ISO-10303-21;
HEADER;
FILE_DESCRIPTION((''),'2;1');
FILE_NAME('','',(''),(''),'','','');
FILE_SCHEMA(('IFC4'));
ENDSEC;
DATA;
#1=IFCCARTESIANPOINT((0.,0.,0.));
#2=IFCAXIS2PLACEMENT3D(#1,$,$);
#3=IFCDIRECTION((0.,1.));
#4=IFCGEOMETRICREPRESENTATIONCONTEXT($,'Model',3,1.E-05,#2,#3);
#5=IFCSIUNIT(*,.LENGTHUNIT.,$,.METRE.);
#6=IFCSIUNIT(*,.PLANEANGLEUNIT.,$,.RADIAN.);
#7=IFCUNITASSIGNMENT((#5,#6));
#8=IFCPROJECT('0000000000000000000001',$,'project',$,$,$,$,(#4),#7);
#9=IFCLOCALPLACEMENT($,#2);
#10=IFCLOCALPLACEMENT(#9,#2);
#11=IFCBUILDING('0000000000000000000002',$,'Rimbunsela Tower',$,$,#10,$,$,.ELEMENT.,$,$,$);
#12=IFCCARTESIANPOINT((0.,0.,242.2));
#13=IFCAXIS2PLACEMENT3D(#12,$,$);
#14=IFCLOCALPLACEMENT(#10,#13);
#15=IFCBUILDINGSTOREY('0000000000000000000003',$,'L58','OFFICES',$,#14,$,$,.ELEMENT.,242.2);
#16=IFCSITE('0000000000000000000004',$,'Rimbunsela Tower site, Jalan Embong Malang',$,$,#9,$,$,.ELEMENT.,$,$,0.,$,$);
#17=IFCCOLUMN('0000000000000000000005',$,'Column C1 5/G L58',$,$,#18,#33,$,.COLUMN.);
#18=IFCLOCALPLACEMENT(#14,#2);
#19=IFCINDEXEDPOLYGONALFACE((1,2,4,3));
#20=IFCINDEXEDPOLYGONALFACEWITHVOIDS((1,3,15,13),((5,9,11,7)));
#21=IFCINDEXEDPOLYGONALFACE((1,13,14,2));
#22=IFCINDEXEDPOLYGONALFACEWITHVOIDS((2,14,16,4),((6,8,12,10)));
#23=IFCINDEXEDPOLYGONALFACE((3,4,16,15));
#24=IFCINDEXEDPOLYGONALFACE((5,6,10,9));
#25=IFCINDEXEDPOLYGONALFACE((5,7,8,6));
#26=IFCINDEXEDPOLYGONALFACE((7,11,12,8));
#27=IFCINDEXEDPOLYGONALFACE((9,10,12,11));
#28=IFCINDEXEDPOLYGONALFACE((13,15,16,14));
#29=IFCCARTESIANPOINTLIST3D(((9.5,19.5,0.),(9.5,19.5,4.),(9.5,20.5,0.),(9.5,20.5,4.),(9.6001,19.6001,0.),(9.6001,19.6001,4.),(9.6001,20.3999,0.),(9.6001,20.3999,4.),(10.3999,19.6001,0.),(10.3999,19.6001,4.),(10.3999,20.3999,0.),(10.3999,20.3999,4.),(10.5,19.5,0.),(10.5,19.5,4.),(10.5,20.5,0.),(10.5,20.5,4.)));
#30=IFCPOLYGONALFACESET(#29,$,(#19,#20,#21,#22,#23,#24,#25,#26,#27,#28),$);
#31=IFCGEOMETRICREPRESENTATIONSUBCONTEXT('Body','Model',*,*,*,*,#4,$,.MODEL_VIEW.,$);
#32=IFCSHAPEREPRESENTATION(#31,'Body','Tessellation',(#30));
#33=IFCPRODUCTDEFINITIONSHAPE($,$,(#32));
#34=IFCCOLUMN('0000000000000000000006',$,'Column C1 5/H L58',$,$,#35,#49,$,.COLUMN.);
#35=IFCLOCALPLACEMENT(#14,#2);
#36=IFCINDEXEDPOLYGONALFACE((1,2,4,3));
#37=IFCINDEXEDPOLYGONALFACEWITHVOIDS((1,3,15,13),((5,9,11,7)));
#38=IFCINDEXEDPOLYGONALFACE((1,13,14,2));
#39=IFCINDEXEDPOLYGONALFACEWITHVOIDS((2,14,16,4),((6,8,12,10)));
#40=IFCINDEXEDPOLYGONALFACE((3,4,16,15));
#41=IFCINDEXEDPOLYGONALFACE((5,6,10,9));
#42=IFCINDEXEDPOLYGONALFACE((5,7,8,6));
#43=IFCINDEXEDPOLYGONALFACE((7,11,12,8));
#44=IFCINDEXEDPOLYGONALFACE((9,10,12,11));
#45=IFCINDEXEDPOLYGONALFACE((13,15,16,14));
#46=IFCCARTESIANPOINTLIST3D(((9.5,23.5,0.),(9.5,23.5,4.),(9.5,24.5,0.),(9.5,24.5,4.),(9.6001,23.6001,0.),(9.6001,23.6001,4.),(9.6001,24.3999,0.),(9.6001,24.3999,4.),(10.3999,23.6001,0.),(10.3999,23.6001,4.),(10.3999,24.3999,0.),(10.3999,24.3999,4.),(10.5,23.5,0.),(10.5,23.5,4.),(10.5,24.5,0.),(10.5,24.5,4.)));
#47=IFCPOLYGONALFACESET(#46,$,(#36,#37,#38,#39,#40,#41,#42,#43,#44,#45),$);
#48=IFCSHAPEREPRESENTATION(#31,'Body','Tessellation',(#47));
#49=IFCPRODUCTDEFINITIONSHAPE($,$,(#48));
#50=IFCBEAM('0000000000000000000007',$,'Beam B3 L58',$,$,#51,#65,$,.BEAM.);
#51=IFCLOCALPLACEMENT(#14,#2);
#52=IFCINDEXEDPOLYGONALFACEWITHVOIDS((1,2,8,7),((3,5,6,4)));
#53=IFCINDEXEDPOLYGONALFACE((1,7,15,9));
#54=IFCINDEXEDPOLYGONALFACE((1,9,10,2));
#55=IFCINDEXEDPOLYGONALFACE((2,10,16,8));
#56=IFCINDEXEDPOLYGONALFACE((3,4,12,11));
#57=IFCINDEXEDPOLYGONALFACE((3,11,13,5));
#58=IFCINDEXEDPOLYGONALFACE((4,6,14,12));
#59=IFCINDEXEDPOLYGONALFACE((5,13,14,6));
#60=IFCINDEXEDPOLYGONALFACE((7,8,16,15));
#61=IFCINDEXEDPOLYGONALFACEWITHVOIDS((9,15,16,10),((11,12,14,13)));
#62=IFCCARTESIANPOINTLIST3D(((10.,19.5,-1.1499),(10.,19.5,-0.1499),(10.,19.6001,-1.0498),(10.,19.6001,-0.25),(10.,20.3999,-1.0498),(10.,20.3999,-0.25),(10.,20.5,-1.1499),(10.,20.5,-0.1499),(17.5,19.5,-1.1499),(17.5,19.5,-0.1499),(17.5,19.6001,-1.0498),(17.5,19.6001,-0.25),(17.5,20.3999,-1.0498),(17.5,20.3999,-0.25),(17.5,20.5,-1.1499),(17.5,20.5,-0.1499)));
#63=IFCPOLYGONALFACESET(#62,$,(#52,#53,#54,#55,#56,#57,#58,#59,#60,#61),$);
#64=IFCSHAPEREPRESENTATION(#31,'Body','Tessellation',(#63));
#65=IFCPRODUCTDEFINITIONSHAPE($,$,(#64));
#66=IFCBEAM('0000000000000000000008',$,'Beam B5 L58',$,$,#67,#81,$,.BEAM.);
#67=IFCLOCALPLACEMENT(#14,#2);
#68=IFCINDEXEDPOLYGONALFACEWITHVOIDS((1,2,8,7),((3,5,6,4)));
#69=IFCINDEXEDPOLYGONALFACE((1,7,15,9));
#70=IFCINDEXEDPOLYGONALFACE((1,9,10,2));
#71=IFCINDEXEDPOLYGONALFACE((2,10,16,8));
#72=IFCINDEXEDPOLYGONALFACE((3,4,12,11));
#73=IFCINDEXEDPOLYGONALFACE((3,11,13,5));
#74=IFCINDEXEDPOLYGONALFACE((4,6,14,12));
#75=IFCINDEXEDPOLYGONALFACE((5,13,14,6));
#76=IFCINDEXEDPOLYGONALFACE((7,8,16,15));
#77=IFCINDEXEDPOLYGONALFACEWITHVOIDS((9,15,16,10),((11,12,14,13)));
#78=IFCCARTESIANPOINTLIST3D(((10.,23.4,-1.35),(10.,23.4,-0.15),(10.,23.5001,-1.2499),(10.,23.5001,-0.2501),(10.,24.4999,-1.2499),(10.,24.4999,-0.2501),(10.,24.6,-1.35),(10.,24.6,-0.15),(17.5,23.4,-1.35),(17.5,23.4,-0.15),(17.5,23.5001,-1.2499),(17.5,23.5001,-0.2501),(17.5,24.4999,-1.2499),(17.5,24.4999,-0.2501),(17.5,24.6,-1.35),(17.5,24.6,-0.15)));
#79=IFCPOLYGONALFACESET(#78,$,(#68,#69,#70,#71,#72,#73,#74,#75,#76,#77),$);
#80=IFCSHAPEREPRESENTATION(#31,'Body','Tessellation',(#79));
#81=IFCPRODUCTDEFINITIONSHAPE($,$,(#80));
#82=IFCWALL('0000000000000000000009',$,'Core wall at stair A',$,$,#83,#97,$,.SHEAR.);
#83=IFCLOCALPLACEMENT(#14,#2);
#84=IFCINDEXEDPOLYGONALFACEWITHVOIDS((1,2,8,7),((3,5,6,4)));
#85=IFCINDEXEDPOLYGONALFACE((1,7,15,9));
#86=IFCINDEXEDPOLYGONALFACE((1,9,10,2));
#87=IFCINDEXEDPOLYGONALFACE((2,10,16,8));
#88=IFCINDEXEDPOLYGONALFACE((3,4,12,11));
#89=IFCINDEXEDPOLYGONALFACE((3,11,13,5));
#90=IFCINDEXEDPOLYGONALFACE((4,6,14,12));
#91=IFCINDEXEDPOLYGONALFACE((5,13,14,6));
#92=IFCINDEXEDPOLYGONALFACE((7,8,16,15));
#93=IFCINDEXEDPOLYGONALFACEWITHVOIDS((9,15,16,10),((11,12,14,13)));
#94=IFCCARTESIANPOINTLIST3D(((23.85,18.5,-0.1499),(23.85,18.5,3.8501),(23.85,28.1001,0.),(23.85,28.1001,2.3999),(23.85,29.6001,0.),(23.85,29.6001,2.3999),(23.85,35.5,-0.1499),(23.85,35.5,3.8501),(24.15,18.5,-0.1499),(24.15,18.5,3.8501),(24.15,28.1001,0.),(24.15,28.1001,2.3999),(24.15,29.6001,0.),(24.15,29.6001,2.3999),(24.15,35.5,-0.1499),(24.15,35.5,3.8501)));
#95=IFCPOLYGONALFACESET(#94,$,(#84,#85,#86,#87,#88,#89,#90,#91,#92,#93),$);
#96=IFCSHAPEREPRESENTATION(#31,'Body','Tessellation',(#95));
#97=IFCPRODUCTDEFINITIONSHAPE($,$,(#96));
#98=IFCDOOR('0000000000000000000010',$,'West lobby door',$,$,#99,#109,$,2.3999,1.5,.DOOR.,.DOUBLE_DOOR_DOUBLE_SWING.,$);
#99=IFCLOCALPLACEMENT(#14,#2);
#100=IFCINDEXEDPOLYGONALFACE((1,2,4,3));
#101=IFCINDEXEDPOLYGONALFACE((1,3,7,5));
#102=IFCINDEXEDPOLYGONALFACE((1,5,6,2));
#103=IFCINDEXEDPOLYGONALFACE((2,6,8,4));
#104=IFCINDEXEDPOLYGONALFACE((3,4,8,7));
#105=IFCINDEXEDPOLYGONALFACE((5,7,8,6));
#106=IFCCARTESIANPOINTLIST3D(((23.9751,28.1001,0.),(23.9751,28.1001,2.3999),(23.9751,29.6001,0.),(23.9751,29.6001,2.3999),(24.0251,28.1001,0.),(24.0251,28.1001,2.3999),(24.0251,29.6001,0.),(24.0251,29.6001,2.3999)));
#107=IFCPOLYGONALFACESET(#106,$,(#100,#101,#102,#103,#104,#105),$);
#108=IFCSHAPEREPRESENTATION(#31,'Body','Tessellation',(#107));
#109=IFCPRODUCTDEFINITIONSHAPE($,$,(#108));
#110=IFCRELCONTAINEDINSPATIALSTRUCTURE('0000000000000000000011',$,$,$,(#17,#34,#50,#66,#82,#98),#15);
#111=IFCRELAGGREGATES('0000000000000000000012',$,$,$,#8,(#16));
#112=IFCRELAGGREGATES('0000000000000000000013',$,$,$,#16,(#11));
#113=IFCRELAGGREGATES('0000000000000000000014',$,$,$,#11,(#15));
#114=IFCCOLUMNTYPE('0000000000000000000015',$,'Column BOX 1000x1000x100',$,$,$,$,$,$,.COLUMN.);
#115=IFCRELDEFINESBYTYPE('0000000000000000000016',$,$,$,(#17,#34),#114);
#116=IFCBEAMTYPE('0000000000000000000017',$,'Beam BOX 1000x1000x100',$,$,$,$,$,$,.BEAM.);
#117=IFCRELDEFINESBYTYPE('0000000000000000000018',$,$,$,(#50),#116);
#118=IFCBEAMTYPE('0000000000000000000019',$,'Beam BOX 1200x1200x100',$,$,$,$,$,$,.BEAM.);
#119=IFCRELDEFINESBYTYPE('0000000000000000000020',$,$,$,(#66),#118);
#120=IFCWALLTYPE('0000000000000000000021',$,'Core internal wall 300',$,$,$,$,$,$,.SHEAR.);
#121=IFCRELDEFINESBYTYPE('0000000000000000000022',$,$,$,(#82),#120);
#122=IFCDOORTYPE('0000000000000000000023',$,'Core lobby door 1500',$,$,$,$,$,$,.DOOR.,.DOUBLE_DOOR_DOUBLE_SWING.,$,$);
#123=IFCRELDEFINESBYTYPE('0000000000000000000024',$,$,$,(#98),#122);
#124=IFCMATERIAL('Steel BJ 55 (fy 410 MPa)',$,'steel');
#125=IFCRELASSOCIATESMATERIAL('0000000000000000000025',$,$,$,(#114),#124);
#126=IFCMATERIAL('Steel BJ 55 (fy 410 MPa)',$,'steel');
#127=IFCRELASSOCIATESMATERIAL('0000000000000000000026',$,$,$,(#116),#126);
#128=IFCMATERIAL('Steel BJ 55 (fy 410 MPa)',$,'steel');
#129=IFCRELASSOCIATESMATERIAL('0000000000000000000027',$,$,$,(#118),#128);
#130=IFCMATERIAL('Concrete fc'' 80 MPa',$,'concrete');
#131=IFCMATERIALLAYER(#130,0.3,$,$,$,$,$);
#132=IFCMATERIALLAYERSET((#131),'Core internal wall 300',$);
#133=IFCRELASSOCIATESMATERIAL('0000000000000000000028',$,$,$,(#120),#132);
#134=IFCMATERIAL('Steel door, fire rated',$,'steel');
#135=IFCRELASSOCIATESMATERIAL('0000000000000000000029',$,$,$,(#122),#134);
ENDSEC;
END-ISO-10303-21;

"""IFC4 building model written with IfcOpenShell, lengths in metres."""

from ifc_helpers import new_model, si_unit, direction, frame, frame_2d, origin, origin_2d, place, context, subcontext, project, spatial, rectangle, hollow_rectangle, extrude, material, layer, layer_set, material_profile, profile_set, type_object, element, fill, save


model = new_model("IFC4")

# Units and contexts
model_context = context("Model", 3, precision=1e-05, world=origin(), true_north=direction((0.0, 1.0)))
body_context = subcontext(model_context, "Body", "Model", "MODEL_VIEW")
ifc_project = project(units=[si_unit("LENGTHUNIT", "METRE"), si_unit("PLANEANGLEUNIT", "RADIAN")], contexts=[model_context])

# Site, building, storey
site_placement = place(None, origin())
site = spatial("IfcSite", under=ifc_project, at=site_placement, Name="Rimbunsela Tower site, Jalan Embong Malang", CompositionType="ELEMENT", RefElevation=0.0)
building_placement = place(site_placement, origin())
building = spatial("IfcBuilding", under=site, at=building_placement, Name="Rimbunsela Tower", CompositionType="ELEMENT")
storey_placement = place(building_placement, frame((0.0, 0.0, 242.2)))
storey = spatial("IfcBuildingStorey", under=building, at=storey_placement, Name="L58", Description="OFFICES", CompositionType="ELEMENT", Elevation=242.2)

# Columns
ifc_material_1 = material(Name="Steel BJ 55 (fy 410 MPa)", Category="steel")
ifc_material_profile_1 = material_profile(ifc_material_1, hollow_rectangle(XDim=1.0, YDim=1.0, WallThickness=0.1001, at=origin_2d()), Name="BOX 1000x1000x100")
ifc_profile_set_1 = profile_set([ifc_material_profile_1], Name="Steel BJ 55 (fy 410 MPa)")
column_type = type_object("IfcColumnType", Name="Column BOX 1000x1000x100", PredefinedType="COLUMN", material=ifc_profile_set_1)
for number, where, z_axis, x_axis, name in (
    (1, (10.0, 20.0, 0.0), (0.0, 0.0, 1.0), (1.0, 0.0, 0.0), "Column C1 5/G L58"),
    (2, (10.0, 24.0, 0.0), (0.0, 0.0, 1.0), (1.0, 0.0, 0.0), "Column C1 5/H L58"),
):
    element("IfcColumn", number, at=place(storey_placement, frame(where, z_axis=z_axis, x_axis=x_axis)), inside=storey, type_object=column_type, Name=name, PredefinedType="COLUMN", context=body_context, shape_type="SweptSolid", body=[
        extrude(hollow_rectangle(XDim=1.0, YDim=1.0, WallThickness=0.1001, at=origin_2d()), origin(), (0.0, 0.0, 1.0), 4.0),
    ])

# Beams
ifc_material_2 = material(Name="Steel BJ 55 (fy 410 MPa)", Category="steel")
ifc_material_profile_2 = material_profile(ifc_material_2, hollow_rectangle(XDim=1.0, YDim=1.0, WallThickness=0.1001, at=origin_2d()), Name="BOX 1000x1000x100")
ifc_profile_set_2 = profile_set([ifc_material_profile_2], Name="Steel BJ 55 (fy 410 MPa)")
beam_type_1 = type_object("IfcBeamType", Name="Beam BOX 1000x1000x100", PredefinedType="BEAM", material=ifc_profile_set_2)
beam_1_placement = place(storey_placement, frame((10.0, 20.0, -0.6499), z_axis=(1.0, 0.0, 0.0), x_axis=(0.0, 1.0, 0.0)))
element("IfcBeam", 3, at=beam_1_placement, inside=storey, type_object=beam_type_1, Name="Beam B3 L58", PredefinedType="BEAM", context=body_context, shape_type="SweptSolid", body=[
    extrude(hollow_rectangle(XDim=1.0, YDim=1.0, WallThickness=0.1001, at=origin_2d()), origin(), (0.0, 0.0, 1.0), 7.5),
])
ifc_material_3 = material(Name="Steel BJ 55 (fy 410 MPa)", Category="steel")
ifc_material_profile_3 = material_profile(ifc_material_3, hollow_rectangle(XDim=1.2, YDim=1.2, WallThickness=0.1001, at=origin_2d()), Name="BOX 1200x1200x100")
ifc_profile_set_3 = profile_set([ifc_material_profile_3], Name="Steel BJ 55 (fy 410 MPa)")
beam_type_2 = type_object("IfcBeamType", Name="Beam BOX 1200x1200x100", PredefinedType="BEAM", material=ifc_profile_set_3)
beam_2_placement = place(storey_placement, frame((10.0, 24.0, -0.75), z_axis=(1.0, 0.0, 0.0), x_axis=(0.0, 1.0, 0.0)))
element("IfcBeam", 4, at=beam_2_placement, inside=storey, type_object=beam_type_2, Name="Beam B5 L58", PredefinedType="BEAM", context=body_context, shape_type="SweptSolid", body=[
    extrude(hollow_rectangle(XDim=1.2, YDim=1.2, WallThickness=0.1001, at=origin_2d()), origin(), (0.0, 0.0, 1.0), 7.5),
])

# Wall, opening, door
ifc_material_4 = material(Name="Concrete fc' 80 MPa", Category="concrete")
ifc_layer_1 = layer(ifc_material_4, 0.3)
ifc_layer_set_1 = layer_set([ifc_layer_1], Name="Core internal wall 300")
wall_type_1 = type_object("IfcWallType", Name="Core internal wall 300", PredefinedType="SHEAR", material=ifc_layer_set_1)
wall_1_placement = place(storey_placement, frame((24.0, 18.5, -0.1499), z_axis=(0.0, 0.0, 1.0), x_axis=(0.0, 1.0, 0.0)))
wall_1 = element("IfcWall", 5, at=wall_1_placement, inside=storey, type_object=wall_type_1, Name="Core wall at stair A", PredefinedType="SHEAR", context=body_context, shape_type="SweptSolid", body=[
    extrude(rectangle(XDim=17.0, YDim=0.3, at=frame_2d((8.5, 0.0))), origin(), (0.0, 0.0, 1.0), 4.0),
])
opening_1_placement = place(wall_1_placement, frame((9.6001, 0.0, 0.1499)))
opening_1 = element("IfcOpeningElement", 6, at=opening_1_placement, cuts=wall_1, PredefinedType="OPENING", context=body_context, shape_type="SweptSolid", body=[
    extrude(rectangle(XDim=1.5, YDim=2.3999, at=frame_2d((0.75, 1.2))), frame((0.0, 0.1599, 0.0), z_axis=(0.0, -1.0, 0.0), x_axis=(1.0, 0.0, 0.0)), (0.0, 0.0, 1.0), 0.3201),
])
ifc_material_5 = material(Name="Steel door, fire rated", Category="steel")
door_type_1 = type_object("IfcDoorType", Name="Core lobby door 1500", OperationType="DOUBLE_DOOR_DOUBLE_SWING", PredefinedType="DOOR", material=ifc_material_5)
door_1_placement = place(opening_1_placement, origin())
door_1 = element("IfcDoor", 7, at=door_1_placement, inside=storey, type_object=door_type_1, Name="West lobby door", OperationType="DOUBLE_DOOR_DOUBLE_SWING", OverallHeight=2.3999, OverallWidth=1.5, PredefinedType="DOOR", context=body_context, shape_type="SweptSolid", body=[
    extrude(rectangle(XDim=1.5, YDim=2.3999, at=frame_2d((0.75, 1.2))), frame((0.0, 0.0249, 0.0), z_axis=(0.0, -1.0, 0.0), x_axis=(1.0, 0.0, 0.0)), (0.0, 0.0, 1.0), 0.05),
])
fill(opening_1, door_1)

save(model, "model.ifc")
